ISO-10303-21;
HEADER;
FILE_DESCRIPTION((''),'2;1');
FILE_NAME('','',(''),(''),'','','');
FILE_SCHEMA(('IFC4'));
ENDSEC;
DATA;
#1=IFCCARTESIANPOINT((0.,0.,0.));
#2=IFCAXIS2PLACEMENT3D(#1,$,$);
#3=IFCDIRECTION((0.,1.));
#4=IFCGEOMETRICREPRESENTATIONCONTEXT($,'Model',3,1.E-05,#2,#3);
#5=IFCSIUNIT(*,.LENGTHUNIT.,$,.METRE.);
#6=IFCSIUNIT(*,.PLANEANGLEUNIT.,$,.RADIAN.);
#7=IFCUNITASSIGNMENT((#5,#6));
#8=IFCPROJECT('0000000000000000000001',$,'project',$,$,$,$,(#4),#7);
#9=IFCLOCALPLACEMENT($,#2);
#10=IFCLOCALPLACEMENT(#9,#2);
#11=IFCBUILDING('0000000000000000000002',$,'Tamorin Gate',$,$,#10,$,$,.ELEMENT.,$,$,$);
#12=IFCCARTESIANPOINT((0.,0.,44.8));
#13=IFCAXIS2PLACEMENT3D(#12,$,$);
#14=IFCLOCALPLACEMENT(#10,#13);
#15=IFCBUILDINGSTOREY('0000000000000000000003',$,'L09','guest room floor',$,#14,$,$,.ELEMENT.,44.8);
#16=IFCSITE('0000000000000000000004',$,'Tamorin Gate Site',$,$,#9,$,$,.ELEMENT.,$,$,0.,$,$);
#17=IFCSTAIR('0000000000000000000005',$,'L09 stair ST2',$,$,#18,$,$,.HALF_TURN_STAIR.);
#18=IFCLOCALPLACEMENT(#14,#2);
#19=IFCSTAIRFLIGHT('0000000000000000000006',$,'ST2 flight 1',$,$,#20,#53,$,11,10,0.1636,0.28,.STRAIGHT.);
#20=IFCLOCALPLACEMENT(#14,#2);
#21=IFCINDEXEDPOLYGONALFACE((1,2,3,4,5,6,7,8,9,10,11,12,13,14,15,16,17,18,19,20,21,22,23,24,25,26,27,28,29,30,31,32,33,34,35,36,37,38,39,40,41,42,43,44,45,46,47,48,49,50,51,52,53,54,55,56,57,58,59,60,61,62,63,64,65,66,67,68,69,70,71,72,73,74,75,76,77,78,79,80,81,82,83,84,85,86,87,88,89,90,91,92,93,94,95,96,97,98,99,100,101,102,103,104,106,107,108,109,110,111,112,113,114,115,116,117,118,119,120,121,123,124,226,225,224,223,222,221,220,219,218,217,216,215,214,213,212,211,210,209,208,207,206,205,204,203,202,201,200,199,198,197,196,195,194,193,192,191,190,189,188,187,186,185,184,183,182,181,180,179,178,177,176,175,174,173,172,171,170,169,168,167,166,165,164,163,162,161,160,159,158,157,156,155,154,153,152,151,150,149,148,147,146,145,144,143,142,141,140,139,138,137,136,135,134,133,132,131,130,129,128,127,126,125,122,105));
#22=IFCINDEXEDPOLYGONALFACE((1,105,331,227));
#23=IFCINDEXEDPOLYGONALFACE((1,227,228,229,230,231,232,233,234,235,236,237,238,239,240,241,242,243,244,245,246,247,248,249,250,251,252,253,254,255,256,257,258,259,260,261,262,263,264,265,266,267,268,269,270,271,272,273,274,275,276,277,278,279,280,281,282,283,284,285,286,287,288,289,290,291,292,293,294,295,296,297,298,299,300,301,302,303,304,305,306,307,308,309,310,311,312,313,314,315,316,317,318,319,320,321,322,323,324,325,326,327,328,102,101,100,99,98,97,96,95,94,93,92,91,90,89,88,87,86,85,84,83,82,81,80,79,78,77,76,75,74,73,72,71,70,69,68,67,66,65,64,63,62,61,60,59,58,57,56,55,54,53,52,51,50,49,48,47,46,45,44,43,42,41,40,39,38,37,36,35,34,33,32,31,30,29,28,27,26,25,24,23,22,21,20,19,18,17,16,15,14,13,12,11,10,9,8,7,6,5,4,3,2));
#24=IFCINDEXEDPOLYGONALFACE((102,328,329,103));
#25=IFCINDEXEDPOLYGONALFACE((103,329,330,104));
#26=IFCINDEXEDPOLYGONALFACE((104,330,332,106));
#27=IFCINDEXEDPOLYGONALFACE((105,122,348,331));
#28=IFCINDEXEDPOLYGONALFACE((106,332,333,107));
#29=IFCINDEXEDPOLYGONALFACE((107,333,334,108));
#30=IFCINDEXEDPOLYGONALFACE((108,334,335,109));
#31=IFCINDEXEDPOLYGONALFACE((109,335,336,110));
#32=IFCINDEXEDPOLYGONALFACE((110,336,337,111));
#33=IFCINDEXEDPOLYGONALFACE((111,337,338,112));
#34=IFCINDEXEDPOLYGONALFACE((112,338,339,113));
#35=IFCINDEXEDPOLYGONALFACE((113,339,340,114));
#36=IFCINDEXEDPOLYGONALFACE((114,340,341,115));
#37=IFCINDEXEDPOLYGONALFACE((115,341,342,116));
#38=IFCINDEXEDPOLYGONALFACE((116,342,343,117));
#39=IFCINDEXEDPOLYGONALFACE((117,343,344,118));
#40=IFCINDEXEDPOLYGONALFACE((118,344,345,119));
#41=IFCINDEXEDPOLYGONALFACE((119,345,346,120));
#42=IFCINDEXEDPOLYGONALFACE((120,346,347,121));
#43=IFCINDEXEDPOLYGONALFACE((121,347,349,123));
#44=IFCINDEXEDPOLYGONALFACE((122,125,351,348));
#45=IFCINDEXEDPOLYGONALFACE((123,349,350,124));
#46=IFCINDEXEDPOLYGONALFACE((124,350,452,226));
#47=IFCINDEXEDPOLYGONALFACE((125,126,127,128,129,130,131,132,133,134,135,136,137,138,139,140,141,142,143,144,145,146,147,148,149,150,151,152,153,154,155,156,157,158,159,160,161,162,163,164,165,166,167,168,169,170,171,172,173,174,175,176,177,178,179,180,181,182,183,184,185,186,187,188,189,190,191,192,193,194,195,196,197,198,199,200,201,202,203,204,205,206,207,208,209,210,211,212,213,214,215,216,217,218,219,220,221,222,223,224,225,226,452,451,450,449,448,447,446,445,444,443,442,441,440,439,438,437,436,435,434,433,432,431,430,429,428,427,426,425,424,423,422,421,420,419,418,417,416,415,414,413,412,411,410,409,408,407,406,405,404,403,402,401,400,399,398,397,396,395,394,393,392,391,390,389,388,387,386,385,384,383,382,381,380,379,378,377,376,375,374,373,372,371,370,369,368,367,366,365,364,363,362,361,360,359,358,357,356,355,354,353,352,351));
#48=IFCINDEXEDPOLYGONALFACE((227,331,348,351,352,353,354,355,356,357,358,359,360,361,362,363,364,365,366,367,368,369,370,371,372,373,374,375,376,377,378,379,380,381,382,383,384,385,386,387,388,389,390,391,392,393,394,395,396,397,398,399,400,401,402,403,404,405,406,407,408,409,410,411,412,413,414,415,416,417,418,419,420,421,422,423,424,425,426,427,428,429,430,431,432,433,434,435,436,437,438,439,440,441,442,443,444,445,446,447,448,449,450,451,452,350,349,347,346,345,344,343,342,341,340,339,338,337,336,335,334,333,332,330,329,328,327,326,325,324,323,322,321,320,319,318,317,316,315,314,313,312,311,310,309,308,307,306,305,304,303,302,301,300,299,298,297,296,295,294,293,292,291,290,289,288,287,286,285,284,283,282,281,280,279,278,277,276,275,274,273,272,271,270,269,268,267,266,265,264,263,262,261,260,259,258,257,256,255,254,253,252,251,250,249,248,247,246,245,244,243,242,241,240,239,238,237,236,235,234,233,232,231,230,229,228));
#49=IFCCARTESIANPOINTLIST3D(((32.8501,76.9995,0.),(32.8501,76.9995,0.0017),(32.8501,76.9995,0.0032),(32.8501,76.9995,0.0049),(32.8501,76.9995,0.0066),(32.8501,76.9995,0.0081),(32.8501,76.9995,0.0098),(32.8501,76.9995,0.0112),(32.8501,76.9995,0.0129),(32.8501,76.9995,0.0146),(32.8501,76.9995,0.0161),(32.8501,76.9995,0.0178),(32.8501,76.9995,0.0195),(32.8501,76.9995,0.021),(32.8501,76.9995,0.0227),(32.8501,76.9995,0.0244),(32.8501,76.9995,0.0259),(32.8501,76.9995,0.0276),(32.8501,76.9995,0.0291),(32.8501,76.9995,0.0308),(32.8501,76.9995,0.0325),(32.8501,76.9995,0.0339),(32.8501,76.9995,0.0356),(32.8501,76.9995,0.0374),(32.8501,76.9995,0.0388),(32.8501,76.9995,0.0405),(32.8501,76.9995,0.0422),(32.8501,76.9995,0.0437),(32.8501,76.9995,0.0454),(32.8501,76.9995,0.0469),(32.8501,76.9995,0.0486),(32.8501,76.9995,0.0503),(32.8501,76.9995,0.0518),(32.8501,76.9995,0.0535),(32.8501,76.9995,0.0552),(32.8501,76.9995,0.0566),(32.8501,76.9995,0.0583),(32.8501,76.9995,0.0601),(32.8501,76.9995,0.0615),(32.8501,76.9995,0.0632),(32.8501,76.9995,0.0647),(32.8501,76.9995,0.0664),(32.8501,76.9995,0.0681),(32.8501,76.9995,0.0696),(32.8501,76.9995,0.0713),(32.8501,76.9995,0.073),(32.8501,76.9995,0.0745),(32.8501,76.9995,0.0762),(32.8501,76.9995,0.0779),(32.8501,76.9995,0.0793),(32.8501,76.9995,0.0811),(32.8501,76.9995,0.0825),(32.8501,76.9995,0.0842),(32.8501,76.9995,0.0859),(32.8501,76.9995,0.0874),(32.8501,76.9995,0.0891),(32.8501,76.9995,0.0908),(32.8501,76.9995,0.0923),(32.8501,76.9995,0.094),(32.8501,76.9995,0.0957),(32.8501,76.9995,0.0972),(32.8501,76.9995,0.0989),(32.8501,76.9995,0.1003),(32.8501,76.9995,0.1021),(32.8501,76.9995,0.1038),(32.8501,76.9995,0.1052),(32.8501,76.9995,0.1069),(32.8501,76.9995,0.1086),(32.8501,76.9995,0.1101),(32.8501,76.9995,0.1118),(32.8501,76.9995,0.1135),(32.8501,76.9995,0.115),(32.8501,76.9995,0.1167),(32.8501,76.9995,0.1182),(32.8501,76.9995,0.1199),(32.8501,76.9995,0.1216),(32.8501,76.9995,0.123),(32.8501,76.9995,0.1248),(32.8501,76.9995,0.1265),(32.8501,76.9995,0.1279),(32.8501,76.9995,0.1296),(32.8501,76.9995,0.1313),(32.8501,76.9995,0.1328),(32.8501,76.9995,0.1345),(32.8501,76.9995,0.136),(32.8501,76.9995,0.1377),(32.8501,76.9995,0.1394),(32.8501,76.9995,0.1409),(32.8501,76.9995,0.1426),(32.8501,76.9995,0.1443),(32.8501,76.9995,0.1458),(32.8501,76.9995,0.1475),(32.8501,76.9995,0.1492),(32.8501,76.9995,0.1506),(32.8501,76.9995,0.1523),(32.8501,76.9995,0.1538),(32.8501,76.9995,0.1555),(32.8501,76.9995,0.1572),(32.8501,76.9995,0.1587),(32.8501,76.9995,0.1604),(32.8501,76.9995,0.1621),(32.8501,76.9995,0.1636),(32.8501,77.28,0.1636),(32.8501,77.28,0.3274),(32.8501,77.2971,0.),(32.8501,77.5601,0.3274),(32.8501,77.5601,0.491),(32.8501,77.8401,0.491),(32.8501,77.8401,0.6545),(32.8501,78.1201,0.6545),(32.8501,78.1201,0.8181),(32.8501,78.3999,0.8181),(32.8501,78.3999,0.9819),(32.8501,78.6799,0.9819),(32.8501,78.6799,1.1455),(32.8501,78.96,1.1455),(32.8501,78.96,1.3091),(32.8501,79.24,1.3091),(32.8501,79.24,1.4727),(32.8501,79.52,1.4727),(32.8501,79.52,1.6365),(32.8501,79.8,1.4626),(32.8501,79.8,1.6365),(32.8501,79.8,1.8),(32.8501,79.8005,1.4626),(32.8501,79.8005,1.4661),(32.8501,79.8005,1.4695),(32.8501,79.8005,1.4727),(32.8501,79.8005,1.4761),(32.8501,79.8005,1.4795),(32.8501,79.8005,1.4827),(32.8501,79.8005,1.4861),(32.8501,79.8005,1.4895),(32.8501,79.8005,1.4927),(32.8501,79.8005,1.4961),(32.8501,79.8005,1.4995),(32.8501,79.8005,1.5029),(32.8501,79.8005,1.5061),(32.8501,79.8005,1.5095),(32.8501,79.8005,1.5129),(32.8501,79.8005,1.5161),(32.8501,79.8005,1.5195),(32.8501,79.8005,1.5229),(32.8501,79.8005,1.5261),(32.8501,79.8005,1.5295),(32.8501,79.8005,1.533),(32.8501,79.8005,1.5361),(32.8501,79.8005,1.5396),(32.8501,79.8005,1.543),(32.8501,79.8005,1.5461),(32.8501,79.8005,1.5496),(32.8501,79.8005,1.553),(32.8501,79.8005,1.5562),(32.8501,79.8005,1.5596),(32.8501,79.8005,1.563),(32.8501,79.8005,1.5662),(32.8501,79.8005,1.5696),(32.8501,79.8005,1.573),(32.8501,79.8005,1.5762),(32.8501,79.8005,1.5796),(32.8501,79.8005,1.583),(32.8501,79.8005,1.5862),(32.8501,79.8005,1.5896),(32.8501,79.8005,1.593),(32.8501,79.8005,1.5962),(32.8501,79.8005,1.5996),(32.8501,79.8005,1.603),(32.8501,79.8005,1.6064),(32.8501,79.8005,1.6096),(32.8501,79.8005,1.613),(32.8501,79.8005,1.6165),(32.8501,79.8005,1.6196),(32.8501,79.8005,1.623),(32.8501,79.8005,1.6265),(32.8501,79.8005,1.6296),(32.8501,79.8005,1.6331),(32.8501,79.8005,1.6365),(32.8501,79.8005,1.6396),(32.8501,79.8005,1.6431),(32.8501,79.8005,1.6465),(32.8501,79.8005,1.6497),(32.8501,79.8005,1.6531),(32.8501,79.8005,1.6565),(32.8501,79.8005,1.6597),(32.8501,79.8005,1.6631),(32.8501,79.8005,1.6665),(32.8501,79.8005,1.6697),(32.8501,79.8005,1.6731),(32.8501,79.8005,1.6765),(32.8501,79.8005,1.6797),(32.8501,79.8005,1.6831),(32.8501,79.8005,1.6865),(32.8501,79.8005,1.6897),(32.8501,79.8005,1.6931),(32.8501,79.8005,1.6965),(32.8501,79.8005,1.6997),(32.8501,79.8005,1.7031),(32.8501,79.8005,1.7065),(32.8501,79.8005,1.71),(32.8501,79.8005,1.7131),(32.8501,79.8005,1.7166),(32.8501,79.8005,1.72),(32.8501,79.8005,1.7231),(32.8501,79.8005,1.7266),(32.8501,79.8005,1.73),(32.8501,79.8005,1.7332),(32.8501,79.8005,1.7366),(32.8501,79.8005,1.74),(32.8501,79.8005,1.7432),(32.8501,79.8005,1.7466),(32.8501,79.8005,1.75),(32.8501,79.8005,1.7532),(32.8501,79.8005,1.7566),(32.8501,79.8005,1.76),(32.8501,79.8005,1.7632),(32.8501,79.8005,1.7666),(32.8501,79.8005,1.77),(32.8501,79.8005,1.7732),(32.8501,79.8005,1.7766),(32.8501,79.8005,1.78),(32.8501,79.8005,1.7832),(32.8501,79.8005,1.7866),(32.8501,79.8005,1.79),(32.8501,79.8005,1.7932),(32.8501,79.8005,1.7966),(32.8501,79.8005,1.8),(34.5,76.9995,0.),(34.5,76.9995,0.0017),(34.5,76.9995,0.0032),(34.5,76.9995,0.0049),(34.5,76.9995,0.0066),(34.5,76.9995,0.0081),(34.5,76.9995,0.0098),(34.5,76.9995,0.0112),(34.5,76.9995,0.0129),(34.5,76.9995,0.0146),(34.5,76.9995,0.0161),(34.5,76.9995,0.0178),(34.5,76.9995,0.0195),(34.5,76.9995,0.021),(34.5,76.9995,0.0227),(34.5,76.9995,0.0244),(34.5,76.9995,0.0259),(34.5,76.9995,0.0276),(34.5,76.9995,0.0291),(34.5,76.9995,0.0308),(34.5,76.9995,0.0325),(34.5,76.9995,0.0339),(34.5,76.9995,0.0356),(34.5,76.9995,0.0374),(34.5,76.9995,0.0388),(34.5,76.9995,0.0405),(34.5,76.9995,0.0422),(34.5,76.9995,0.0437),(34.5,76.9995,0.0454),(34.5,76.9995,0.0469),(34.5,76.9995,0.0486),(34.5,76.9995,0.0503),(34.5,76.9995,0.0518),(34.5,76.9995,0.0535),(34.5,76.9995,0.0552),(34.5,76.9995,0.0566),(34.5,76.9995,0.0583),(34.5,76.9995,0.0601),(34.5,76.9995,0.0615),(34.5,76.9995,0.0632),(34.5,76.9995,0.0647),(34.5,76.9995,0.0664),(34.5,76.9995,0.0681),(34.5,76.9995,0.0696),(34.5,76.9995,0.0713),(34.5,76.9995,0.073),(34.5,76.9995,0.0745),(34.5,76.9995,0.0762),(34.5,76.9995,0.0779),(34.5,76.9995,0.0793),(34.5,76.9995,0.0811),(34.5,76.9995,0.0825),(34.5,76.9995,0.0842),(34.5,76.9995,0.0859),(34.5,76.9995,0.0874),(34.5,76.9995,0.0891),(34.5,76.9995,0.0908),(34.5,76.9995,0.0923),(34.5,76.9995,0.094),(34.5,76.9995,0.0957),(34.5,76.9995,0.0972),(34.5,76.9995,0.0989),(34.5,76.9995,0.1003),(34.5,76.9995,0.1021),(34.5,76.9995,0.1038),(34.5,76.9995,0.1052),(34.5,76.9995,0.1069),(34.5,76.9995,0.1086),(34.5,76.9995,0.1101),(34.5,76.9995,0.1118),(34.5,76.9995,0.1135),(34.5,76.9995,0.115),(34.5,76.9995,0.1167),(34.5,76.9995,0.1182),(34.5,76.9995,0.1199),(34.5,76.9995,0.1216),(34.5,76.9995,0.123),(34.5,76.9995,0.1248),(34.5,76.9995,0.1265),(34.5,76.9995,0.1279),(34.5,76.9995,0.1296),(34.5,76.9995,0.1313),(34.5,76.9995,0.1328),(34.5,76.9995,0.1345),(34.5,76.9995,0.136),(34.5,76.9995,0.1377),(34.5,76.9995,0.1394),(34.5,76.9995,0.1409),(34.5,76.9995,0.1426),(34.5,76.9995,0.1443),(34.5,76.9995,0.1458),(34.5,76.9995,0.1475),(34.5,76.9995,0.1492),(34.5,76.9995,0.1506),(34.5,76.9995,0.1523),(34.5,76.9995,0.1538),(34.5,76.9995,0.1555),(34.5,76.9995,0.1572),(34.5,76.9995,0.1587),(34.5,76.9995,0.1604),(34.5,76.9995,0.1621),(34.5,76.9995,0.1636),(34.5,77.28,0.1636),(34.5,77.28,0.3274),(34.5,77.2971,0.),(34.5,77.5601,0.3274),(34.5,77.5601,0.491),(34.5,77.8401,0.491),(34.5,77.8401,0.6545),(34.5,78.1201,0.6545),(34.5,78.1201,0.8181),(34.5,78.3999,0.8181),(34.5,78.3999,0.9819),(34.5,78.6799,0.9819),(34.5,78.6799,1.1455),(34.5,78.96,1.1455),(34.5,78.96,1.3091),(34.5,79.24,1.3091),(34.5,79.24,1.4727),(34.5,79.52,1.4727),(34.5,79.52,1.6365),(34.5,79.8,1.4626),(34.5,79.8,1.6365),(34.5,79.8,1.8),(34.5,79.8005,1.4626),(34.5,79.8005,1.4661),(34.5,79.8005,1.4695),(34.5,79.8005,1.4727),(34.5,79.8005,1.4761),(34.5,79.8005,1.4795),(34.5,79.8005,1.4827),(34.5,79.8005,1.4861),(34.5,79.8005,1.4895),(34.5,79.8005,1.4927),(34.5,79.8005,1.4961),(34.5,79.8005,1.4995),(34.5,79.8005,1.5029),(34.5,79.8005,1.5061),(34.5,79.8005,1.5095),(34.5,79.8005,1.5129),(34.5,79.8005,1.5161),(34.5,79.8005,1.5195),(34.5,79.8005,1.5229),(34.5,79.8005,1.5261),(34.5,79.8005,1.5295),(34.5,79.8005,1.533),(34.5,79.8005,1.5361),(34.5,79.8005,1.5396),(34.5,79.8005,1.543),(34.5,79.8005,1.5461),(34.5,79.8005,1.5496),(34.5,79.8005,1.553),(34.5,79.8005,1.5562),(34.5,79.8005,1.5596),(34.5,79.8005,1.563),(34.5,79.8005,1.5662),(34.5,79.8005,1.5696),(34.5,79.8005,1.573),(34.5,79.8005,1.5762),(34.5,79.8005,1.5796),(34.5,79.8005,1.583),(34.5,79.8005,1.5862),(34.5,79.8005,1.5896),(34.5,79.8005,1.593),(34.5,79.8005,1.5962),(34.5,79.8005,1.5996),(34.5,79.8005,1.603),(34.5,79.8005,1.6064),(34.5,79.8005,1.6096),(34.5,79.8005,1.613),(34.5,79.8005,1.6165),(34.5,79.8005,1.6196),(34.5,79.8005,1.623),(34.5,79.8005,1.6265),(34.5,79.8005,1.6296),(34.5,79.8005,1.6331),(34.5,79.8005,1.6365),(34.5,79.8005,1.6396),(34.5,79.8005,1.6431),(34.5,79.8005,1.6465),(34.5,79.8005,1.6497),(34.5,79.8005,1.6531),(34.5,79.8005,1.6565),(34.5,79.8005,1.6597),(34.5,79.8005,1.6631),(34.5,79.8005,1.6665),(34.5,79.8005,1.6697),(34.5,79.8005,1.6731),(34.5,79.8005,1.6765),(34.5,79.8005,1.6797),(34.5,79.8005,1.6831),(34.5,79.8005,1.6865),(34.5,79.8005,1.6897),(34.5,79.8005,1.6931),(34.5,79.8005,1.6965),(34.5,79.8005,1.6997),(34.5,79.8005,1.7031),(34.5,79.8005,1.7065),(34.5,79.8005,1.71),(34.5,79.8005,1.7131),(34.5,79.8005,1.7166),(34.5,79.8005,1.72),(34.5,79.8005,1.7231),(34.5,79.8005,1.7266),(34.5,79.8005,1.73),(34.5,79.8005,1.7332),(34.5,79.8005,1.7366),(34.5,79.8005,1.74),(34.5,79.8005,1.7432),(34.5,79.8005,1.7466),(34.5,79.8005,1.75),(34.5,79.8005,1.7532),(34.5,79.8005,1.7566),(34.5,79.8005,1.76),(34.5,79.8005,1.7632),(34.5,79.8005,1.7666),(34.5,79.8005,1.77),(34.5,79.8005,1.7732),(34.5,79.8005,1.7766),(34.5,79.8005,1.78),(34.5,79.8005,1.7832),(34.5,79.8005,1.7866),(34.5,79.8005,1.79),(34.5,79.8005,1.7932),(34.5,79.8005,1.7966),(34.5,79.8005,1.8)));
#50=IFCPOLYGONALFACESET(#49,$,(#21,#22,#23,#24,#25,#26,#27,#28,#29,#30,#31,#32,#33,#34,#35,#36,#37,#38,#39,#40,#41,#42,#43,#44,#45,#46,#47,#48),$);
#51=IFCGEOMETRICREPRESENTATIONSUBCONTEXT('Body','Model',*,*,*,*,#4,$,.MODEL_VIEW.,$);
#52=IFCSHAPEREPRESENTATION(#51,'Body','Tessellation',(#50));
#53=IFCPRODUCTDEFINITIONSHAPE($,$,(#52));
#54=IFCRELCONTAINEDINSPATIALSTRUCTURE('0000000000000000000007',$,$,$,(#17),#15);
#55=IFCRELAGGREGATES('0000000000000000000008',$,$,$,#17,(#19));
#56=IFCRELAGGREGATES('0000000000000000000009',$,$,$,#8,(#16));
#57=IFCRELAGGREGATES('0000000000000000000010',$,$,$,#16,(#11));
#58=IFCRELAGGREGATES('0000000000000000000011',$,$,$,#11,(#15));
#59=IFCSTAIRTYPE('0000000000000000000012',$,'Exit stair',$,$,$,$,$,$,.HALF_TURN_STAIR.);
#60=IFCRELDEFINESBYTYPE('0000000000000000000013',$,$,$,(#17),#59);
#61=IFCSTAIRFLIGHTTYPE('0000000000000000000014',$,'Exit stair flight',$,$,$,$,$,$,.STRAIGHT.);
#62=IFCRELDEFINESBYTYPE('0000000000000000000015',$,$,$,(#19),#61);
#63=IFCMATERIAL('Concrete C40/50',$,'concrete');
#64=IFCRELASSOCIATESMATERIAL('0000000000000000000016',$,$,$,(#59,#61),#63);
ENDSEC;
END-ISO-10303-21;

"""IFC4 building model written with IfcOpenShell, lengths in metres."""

from ifc_helpers import new_model, si_unit, direction, frame, origin, place, context, subcontext, project, spatial, polyline, outline, extrude, material, type_object, element, aggregate, save


model = new_model("IFC4")

# Units and contexts
model_context = context("Model", 3, precision=1e-05, world=origin(), true_north=direction((0.0, 1.0)))
body_context = subcontext(model_context, "Body", "Model", "MODEL_VIEW")
ifc_project = project(units=[si_unit("LENGTHUNIT", "METRE"), si_unit("PLANEANGLEUNIT", "RADIAN")], contexts=[model_context])

# Site, building, storey
site_placement = place(None, origin())
site = spatial("IfcSite", under=ifc_project, at=site_placement, Name="Tamorin Gate Site", CompositionType="ELEMENT", RefElevation=0.0)
building_placement = place(site_placement, origin())
building = spatial("IfcBuilding", under=site, at=building_placement, Name="Tamorin Gate", CompositionType="ELEMENT")
storey_placement = place(building_placement, frame((0.0, 0.0, 44.8)))
storey = spatial("IfcBuildingStorey", under=building, at=storey_placement, Name="L09", Description="guest room floor", CompositionType="ELEMENT", Elevation=44.8)

# Shared definitions
ifc_material_1 = material(Name="Concrete C40/50", Category="concrete")

# Stair, stair flight
stair_type = type_object("IfcStairType", Name="Exit stair", PredefinedType="HALF_TURN_STAIR", material=ifc_material_1)
stair_placement = place(storey_placement, origin())
stair = element("IfcStair", 1, at=stair_placement, inside=storey, type_object=stair_type, Name="L09 stair ST2", PredefinedType="HALF_TURN_STAIR")
stair_flight_type = type_object("IfcStairFlightType", Name="Exit stair flight", PredefinedType="STRAIGHT", material=ifc_material_1)
stair_flight_1_placement = place(storey_placement, frame((33.675, 77.0, 0.0), z_axis=(0.0, 0.0, 1.0), x_axis=(0.0, 1.0, 0.0)))
stair_flight_1 = element("IfcStairFlight", 2, at=stair_flight_1_placement, type_object=stair_flight_type, Name="ST2 flight 1", NumberOfRisers=11, NumberOfTreads=10, PredefinedType="STRAIGHT", RiserHeight=0.1636, TreadLength=0.28, context=body_context, shape_type="SweptSolid", body=[
    extrude(outline(polyline([(-0.0005, 0.0), (-0.0005, 0.0017), (-0.0005, 0.0032), (-0.0005, 0.0049), (-0.0005, 0.0066), (-0.0005, 0.0081), (-0.0005, 0.0098), (-0.0005, 0.0112), (-0.0005, 0.0129), (-0.0005, 0.0146), (-0.0005, 0.0161), (-0.0005, 0.0178), (-0.0005, 0.0195), (-0.0005, 0.021), (-0.0005, 0.0227), (-0.0005, 0.0244), (-0.0005, 0.0259), (-0.0005, 0.0276), (-0.0005, 0.0291), (-0.0005, 0.0308), (-0.0005, 0.0325), (-0.0005, 0.0339), (-0.0005, 0.0356), (-0.0005, 0.0374), (-0.0005, 0.0388), (-0.0005, 0.0405), (-0.0005, 0.0422), (-0.0005, 0.0437), (-0.0005, 0.0454), (-0.0005, 0.0469), (-0.0005, 0.0486), (-0.0005, 0.0503), (-0.0005, 0.0518), (-0.0005, 0.0535), (-0.0005, 0.0552), (-0.0005, 0.0566), (-0.0005, 0.0583), (-0.0005, 0.0601), (-0.0005, 0.0615), (-0.0005, 0.0632), (-0.0005, 0.0647), (-0.0005, 0.0664), (-0.0005, 0.0681), (-0.0005, 0.0696), (-0.0005, 0.0713), (-0.0005, 0.073), (-0.0005, 0.0745), (-0.0005, 0.0762), (-0.0005, 0.0779), (-0.0005, 0.0793), (-0.0005, 0.0811), (-0.0005, 0.0825), (-0.0005, 0.0842), (-0.0005, 0.0859), (-0.0005, 0.0874), (-0.0005, 0.0891), (-0.0005, 0.0908), (-0.0005, 0.0923), (-0.0005, 0.094), (-0.0005, 0.0957), (-0.0005, 0.0972), (-0.0005, 0.0989), (-0.0005, 0.1003), (-0.0005, 0.1021), (-0.0005, 0.1038), (-0.0005, 0.1052), (-0.0005, 0.1069), (-0.0005, 0.1086), (-0.0005, 0.1101), (-0.0005, 0.1118), (-0.0005, 0.1135), (-0.0005, 0.115), (-0.0005, 0.1167), (-0.0005, 0.1182), (-0.0005, 0.1199), (-0.0005, 0.1216), (-0.0005, 0.123), (-0.0005, 0.1248), (-0.0005, 0.1265), (-0.0005, 0.1279), (-0.0005, 0.1296), (-0.0005, 0.1313), (-0.0005, 0.1328), (-0.0005, 0.1345), (-0.0005, 0.136), (-0.0005, 0.1377), (-0.0005, 0.1394), (-0.0005, 0.1409), (-0.0005, 0.1426), (-0.0005, 0.1443), (-0.0005, 0.1458), (-0.0005, 0.1475), (-0.0005, 0.1492), (-0.0005, 0.1506), (-0.0005, 0.1523), (-0.0005, 0.1538), (-0.0005, 0.1555), (-0.0005, 0.1572), (-0.0005, 0.1587), (-0.0005, 0.1604), (-0.0005, 0.1621), (-0.0005, 0.1636), (0.28, 0.1636), (0.28, 0.3274), (0.5601, 0.3274), (0.5601, 0.491), (0.8401, 0.491), (0.8401, 0.6545), (1.1201, 0.6545), (1.1201, 0.8181), (1.3999, 0.8181), (1.3999, 0.9819), (1.6799, 0.9819), (1.6799, 1.1455), (1.96, 1.1455), (1.96, 1.3091), (2.24, 1.3091), (2.24, 1.4727), (2.52, 1.4727), (2.52, 1.6365), (2.8, 1.6365), (2.8, 1.8), (2.8005, 1.8), (2.8005, 1.7966), (2.8005, 1.7932), (2.8005, 1.79), (2.8005, 1.7866), (2.8005, 1.7832), (2.8005, 1.78), (2.8005, 1.7766), (2.8005, 1.7732), (2.8005, 1.77), (2.8005, 1.7666), (2.8005, 1.7632), (2.8005, 1.76), (2.8005, 1.7566), (2.8005, 1.7532), (2.8005, 1.75), (2.8005, 1.7466), (2.8005, 1.7432), (2.8005, 1.74), (2.8005, 1.7366), (2.8005, 1.7332), (2.8005, 1.73), (2.8005, 1.7266), (2.8005, 1.7231), (2.8005, 1.72), (2.8005, 1.7166), (2.8005, 1.7131), (2.8005, 1.71), (2.8005, 1.7065), (2.8005, 1.7031), (2.8005, 1.6997), (2.8005, 1.6965), (2.8005, 1.6931), (2.8005, 1.6897), (2.8005, 1.6865), (2.8005, 1.6831), (2.8005, 1.6797), (2.8005, 1.6765), (2.8005, 1.6731), (2.8005, 1.6697), (2.8005, 1.6665), (2.8005, 1.6631), (2.8005, 1.6597), (2.8005, 1.6565), (2.8005, 1.6531), (2.8005, 1.6497), (2.8005, 1.6465), (2.8005, 1.6431), (2.8005, 1.6396), (2.8005, 1.6365), (2.8005, 1.6331), (2.8005, 1.6296), (2.8005, 1.6265), (2.8005, 1.623), (2.8005, 1.6196), (2.8005, 1.6165), (2.8005, 1.613), (2.8005, 1.6096), (2.8005, 1.6064), (2.8005, 1.603), (2.8005, 1.5996), (2.8005, 1.5962), (2.8005, 1.593), (2.8005, 1.5896), (2.8005, 1.5862), (2.8005, 1.583), (2.8005, 1.5796), (2.8005, 1.5762), (2.8005, 1.573), (2.8005, 1.5696), (2.8005, 1.5662), (2.8005, 1.563), (2.8005, 1.5596), (2.8005, 1.5562), (2.8005, 1.553), (2.8005, 1.5496), (2.8005, 1.5461), (2.8005, 1.543), (2.8005, 1.5396), (2.8005, 1.5361), (2.8005, 1.533), (2.8005, 1.5295), (2.8005, 1.5261), (2.8005, 1.5229), (2.8005, 1.5195), (2.8005, 1.5161), (2.8005, 1.5129), (2.8005, 1.5095), (2.8005, 1.5061), (2.8005, 1.5029), (2.8005, 1.4995), (2.8005, 1.4961), (2.8005, 1.4927), (2.8005, 1.4895), (2.8005, 1.4861), (2.8005, 1.4827), (2.8005, 1.4795), (2.8005, 1.4761), (2.8005, 1.4727), (2.8005, 1.4695), (2.8005, 1.4661), (2.8005, 1.4626), (2.8, 1.4626), (0.2971, 0.0), (-0.0005, 0.0)])), frame((0.0, 0.825, 0.0), z_axis=(0.0, -1.0, 0.0), x_axis=(1.0, 0.0, 0.0)), (0.0, 0.0, 1.0), 1.6499),
])
aggregate(stair, [stair_flight_1])

save(model, "model.ifc")
